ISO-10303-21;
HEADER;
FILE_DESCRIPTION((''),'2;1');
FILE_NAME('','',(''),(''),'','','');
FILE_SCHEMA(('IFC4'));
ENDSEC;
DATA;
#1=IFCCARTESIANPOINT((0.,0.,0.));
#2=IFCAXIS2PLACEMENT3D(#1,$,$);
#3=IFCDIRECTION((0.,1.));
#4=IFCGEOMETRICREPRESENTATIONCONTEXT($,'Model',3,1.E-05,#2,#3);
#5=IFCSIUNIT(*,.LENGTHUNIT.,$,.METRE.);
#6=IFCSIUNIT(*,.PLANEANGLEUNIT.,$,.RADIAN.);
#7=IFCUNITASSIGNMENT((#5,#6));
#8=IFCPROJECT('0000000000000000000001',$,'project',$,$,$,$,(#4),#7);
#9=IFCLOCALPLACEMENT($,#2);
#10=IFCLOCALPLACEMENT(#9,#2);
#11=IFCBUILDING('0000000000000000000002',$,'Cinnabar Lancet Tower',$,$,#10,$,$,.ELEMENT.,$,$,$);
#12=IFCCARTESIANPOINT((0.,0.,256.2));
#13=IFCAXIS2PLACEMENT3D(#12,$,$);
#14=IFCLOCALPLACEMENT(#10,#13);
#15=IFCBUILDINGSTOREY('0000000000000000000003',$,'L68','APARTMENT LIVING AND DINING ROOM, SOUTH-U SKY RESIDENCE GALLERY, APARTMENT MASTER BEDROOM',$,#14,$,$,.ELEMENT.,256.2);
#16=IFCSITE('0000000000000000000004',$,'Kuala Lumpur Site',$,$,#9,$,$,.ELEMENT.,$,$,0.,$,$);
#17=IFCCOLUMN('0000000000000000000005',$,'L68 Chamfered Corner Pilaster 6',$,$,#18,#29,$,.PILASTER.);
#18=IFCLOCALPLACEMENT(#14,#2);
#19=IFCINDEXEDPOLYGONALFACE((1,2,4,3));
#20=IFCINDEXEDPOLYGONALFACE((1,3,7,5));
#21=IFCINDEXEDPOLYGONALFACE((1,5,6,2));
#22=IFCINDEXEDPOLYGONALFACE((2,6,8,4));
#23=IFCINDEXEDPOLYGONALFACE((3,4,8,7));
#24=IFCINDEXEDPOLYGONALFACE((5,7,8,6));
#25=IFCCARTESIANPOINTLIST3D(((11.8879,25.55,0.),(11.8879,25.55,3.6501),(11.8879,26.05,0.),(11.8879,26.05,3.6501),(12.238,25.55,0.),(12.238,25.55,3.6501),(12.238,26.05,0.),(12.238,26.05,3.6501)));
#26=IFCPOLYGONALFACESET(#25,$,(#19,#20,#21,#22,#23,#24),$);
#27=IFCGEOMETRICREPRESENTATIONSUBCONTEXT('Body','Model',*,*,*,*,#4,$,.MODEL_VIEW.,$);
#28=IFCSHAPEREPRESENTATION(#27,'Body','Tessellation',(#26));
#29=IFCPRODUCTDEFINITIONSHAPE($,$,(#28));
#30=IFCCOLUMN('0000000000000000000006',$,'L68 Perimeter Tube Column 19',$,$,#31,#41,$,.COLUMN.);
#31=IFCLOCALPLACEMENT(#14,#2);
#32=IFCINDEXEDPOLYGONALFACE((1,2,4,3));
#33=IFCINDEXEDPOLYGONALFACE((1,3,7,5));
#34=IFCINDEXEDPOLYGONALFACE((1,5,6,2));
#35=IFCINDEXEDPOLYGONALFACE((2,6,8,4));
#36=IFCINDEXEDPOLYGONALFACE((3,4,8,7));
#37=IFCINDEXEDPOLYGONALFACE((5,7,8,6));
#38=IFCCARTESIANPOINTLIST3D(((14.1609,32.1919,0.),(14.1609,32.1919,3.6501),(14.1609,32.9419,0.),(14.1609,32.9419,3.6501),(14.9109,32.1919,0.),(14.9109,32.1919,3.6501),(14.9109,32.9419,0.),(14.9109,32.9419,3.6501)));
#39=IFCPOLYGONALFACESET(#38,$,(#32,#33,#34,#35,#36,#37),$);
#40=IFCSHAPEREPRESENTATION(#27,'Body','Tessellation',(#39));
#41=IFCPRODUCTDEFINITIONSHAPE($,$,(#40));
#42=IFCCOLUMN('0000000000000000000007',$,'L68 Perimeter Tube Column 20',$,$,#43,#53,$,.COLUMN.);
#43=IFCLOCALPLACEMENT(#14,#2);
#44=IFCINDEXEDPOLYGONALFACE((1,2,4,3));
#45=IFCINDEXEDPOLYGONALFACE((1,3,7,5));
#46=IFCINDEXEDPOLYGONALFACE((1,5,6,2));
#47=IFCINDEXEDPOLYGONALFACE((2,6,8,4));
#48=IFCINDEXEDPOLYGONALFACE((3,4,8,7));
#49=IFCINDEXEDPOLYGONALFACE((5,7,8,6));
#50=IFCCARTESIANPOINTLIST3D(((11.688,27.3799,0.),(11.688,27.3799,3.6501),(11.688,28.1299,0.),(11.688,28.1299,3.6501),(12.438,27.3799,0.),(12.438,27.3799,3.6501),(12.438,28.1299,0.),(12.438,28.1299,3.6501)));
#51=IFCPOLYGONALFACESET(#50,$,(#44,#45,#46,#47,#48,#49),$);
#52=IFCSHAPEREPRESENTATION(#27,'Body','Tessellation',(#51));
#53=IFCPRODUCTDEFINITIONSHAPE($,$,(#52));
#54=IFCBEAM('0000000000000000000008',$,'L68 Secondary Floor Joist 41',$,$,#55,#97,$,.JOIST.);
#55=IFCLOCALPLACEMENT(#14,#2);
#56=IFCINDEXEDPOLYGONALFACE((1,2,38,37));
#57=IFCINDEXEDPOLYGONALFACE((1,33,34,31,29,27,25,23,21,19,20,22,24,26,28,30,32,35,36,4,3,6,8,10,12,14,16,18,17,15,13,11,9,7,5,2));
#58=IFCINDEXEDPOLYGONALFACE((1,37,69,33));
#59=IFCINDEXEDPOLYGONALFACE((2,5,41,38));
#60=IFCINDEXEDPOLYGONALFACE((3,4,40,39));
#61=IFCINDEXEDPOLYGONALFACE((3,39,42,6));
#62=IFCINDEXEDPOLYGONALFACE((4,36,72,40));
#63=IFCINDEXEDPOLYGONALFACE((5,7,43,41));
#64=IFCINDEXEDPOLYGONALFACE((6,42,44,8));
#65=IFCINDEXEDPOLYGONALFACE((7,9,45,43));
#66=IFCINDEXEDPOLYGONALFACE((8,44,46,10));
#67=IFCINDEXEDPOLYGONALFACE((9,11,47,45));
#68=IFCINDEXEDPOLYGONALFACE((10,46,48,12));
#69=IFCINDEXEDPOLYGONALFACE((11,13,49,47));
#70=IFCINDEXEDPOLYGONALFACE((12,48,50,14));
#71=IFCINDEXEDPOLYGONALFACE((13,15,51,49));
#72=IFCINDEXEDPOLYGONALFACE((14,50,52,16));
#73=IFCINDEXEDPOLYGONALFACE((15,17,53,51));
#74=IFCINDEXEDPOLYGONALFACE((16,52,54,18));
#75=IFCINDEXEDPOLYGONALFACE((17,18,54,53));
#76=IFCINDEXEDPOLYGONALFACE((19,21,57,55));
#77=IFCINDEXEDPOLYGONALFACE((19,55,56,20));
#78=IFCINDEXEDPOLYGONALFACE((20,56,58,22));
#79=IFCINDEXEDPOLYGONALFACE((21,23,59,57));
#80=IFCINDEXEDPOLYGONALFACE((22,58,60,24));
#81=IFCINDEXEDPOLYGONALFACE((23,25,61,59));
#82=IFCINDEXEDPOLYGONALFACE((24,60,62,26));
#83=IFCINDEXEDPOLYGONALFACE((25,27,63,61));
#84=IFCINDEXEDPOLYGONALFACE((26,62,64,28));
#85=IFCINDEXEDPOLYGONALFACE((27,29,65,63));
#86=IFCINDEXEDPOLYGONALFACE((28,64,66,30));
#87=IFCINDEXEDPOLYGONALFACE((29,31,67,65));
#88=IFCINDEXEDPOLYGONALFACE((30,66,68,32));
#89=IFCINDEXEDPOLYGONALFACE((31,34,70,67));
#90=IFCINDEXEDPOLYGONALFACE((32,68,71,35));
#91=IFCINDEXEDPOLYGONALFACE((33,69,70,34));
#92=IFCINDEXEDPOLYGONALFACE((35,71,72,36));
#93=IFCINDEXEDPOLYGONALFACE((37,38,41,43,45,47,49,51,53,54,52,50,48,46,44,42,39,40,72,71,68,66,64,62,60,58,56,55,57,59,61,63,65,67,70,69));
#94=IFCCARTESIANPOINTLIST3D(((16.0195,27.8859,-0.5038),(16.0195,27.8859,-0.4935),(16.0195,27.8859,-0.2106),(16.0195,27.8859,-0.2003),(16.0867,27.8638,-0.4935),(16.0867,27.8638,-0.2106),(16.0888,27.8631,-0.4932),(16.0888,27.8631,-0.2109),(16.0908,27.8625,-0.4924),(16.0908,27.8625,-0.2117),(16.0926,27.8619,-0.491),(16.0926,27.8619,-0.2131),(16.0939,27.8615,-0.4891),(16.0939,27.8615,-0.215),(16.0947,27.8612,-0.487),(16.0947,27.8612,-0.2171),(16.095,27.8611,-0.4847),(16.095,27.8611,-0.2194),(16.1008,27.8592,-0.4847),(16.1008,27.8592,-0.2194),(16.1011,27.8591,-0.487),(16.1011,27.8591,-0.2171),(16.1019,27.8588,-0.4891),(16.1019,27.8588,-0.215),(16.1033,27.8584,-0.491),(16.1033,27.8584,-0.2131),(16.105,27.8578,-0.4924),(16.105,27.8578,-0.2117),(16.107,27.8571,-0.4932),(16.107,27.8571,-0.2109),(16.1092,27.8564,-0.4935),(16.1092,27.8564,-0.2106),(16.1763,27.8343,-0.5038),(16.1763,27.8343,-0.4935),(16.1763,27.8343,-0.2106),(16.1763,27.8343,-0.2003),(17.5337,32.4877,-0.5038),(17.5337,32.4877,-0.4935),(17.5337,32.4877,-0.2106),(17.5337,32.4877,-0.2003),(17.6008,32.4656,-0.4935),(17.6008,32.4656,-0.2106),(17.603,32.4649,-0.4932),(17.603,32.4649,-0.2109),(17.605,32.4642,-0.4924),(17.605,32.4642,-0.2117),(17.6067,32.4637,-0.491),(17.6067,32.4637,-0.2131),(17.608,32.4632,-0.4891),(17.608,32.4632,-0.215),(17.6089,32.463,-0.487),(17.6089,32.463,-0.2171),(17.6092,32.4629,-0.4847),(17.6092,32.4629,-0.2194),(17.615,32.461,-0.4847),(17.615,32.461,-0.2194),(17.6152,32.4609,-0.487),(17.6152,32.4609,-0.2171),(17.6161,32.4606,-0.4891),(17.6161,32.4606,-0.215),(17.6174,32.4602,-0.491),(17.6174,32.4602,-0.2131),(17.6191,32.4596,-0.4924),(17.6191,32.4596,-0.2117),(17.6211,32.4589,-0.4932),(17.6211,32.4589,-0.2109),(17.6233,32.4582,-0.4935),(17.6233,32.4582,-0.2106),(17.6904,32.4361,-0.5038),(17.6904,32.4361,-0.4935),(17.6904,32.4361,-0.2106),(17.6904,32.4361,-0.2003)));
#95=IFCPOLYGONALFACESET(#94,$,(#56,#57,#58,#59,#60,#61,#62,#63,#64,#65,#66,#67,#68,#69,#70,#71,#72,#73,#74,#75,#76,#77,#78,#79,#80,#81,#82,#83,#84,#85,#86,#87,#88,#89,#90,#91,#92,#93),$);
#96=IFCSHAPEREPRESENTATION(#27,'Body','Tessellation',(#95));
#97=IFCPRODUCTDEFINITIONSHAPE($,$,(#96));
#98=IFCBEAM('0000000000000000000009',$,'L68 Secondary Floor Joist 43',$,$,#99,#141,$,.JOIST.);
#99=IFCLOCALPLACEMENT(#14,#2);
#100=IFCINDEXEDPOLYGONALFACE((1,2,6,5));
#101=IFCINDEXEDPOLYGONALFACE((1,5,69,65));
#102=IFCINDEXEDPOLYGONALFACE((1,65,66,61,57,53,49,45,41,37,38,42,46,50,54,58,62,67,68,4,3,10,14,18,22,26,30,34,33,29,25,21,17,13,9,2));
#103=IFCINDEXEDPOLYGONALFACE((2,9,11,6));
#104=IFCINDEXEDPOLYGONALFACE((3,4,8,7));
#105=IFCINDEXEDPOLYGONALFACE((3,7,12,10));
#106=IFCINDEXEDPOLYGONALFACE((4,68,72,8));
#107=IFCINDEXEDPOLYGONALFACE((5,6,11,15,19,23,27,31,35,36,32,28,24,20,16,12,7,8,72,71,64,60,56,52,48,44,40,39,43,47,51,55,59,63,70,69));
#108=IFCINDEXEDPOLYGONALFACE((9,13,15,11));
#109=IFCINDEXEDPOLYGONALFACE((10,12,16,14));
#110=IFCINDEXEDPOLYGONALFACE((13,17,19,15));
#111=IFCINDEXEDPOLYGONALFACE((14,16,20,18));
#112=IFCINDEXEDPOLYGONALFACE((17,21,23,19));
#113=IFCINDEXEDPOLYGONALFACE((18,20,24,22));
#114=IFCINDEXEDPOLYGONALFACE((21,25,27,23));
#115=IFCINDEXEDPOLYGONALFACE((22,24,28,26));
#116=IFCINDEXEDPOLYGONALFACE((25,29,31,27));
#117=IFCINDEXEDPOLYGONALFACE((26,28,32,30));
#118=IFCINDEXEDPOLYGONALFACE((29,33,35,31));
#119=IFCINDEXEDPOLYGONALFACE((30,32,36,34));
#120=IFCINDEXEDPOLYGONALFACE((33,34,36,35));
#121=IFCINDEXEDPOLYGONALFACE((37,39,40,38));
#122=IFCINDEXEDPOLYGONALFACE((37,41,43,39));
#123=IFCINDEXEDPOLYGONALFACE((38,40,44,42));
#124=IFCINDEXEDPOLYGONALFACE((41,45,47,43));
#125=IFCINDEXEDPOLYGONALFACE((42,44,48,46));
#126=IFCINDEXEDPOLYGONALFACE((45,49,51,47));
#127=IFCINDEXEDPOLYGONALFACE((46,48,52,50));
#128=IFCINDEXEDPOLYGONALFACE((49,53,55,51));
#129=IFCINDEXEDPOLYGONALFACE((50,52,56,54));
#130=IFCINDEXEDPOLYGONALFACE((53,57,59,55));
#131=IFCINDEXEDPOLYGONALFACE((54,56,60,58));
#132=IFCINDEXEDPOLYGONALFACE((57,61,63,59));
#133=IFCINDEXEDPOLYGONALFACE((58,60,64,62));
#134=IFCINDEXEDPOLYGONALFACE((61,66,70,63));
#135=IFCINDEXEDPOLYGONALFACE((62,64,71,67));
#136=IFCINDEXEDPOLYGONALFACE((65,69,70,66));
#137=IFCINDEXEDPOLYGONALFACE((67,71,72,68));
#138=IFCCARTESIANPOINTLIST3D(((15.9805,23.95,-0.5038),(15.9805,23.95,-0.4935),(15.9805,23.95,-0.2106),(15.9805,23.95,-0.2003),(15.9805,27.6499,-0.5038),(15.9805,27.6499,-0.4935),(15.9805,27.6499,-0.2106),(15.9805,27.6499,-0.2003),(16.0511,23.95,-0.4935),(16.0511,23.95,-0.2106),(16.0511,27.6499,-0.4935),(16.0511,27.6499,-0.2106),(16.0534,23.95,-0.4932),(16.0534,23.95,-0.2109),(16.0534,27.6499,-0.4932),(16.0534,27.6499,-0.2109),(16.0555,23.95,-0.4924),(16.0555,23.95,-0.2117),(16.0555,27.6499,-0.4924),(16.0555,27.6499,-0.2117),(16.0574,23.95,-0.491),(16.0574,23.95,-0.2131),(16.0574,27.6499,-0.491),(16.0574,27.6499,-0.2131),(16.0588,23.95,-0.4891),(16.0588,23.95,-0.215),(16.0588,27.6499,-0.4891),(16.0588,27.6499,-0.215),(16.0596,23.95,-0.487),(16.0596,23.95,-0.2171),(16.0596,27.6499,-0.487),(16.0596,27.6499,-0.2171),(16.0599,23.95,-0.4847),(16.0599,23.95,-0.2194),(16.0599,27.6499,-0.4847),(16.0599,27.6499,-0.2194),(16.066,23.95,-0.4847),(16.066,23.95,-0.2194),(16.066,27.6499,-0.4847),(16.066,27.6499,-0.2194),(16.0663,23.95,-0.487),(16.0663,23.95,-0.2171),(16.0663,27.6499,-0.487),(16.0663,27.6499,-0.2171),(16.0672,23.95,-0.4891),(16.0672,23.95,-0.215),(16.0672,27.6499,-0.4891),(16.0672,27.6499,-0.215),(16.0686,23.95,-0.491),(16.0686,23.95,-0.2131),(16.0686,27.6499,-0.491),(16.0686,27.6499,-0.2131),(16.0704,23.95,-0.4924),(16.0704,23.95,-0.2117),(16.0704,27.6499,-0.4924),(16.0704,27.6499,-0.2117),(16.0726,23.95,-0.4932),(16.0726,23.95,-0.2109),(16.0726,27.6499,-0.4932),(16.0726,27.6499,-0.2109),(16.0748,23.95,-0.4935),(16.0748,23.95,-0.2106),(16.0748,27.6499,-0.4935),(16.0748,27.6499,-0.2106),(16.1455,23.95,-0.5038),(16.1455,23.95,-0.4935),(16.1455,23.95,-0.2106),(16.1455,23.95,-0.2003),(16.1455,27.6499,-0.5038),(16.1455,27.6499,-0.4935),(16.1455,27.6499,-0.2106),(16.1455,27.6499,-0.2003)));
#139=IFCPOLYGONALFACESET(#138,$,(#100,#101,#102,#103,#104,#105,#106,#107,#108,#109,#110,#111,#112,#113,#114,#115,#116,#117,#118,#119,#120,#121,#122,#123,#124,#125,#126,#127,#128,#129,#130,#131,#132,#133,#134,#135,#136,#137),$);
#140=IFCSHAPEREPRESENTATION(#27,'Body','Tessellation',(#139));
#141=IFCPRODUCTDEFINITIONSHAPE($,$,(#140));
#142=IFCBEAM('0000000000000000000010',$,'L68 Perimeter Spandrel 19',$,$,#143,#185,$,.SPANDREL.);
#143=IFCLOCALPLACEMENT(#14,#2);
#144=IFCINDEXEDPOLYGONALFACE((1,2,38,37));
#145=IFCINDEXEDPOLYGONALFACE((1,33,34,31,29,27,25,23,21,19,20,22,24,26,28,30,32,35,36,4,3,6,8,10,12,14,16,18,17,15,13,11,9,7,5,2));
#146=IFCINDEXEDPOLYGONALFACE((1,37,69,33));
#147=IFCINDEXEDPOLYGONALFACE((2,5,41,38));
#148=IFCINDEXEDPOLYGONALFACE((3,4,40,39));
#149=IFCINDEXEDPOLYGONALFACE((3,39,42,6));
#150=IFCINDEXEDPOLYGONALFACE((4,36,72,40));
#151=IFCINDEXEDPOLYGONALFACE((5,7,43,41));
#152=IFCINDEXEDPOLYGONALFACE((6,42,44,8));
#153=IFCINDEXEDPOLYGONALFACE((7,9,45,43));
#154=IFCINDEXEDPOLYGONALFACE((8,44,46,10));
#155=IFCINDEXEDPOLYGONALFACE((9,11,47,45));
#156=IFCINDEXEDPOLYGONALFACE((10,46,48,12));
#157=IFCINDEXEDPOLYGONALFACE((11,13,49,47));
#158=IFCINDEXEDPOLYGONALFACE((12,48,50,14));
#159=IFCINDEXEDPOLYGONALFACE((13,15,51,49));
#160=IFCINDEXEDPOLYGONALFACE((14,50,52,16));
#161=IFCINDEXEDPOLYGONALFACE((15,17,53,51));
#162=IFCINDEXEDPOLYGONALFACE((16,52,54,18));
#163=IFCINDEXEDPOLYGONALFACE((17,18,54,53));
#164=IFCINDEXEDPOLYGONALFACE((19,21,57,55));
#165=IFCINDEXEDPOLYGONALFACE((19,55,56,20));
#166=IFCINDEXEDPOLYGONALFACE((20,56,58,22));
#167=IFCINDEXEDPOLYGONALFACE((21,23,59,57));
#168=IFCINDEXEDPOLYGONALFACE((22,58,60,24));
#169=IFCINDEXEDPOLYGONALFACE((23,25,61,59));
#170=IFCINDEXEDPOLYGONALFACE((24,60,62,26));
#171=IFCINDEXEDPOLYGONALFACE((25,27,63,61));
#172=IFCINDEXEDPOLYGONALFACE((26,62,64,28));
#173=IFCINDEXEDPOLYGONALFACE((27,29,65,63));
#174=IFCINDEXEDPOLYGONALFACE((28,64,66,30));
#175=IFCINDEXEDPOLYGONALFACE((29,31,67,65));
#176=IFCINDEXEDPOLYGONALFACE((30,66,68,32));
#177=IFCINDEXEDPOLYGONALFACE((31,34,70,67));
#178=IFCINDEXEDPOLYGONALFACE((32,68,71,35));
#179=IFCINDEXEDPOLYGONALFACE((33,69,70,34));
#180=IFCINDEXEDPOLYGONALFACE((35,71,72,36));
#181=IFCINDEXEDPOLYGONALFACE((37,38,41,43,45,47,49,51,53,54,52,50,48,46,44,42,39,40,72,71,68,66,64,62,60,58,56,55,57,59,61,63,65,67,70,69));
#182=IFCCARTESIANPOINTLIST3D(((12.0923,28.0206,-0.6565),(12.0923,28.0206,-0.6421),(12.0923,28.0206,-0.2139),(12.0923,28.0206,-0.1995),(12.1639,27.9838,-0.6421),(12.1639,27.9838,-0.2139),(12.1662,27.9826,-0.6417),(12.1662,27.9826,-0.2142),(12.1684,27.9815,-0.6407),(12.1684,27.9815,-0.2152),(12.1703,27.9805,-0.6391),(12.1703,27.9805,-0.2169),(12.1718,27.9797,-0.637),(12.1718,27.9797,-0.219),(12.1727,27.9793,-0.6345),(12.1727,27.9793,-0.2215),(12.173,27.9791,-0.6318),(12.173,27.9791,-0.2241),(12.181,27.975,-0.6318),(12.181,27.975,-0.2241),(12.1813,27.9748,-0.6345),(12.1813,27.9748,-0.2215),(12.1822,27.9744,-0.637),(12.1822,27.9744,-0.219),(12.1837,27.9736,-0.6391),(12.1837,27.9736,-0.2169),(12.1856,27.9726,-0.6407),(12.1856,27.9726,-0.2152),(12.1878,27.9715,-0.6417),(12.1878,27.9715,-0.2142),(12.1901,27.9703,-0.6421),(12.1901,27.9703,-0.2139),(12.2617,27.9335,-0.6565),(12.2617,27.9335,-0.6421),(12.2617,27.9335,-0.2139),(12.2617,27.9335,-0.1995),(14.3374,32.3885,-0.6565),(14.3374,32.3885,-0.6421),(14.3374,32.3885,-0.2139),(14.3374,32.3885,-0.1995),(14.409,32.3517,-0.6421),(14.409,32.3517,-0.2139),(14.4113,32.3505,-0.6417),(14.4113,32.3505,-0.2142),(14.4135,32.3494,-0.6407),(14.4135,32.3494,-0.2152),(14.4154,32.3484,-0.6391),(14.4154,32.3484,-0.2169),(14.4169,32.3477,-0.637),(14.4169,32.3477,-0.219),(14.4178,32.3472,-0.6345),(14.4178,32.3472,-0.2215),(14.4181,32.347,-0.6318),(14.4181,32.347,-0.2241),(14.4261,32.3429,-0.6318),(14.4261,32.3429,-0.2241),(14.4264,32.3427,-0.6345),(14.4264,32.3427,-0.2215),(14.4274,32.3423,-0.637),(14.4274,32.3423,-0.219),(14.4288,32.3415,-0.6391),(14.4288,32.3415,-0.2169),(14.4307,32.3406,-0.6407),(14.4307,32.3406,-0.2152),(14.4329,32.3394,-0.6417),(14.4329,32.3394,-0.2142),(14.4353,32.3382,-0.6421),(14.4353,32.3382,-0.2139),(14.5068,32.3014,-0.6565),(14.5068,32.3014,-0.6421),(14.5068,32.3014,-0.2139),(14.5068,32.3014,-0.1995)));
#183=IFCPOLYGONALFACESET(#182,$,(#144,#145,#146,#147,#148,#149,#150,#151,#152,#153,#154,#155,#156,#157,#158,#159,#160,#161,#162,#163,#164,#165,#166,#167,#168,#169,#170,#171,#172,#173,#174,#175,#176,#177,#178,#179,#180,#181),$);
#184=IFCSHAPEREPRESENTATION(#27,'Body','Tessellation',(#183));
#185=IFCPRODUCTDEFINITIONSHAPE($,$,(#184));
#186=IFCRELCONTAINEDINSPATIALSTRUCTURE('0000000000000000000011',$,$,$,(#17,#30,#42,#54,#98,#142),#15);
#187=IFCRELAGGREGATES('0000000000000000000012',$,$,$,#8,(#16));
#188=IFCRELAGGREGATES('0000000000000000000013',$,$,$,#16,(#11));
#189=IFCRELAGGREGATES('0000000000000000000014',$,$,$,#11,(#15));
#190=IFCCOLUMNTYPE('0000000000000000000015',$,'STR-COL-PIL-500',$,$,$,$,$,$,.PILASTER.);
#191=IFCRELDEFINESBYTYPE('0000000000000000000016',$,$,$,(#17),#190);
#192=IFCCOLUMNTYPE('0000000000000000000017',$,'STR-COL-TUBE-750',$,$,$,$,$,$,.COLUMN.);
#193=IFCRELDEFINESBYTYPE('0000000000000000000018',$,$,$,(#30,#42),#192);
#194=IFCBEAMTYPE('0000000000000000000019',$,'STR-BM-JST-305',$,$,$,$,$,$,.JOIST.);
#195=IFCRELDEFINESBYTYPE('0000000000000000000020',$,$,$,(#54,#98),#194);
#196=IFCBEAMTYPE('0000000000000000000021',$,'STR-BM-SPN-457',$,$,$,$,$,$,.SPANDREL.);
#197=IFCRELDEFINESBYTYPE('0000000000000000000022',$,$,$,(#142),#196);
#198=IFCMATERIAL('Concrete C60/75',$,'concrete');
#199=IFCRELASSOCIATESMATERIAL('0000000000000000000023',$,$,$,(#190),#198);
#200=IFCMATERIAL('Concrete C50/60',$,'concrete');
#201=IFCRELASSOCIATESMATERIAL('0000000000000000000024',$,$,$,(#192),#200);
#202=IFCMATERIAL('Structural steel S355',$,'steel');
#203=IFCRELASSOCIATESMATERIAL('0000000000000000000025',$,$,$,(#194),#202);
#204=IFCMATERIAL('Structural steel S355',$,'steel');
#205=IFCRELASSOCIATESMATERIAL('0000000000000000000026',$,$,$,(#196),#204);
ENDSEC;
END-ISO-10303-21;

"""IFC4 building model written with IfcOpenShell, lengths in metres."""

from ifc_helpers import new_model, si_unit, direction, frame, origin, origin_2d, place, context, subcontext, project, spatial, rectangle, i_section, extrude, material, material_profile, profile_set, type_object, element, save


model = new_model("IFC4")

# Units and contexts
model_context = context("Model", 3, precision=1e-05, world=origin(), true_north=direction((0.0, 1.0)))
body_context = subcontext(model_context, "Body", "Model", "MODEL_VIEW")
ifc_project = project(units=[si_unit("LENGTHUNIT", "METRE"), si_unit("PLANEANGLEUNIT", "RADIAN")], contexts=[model_context])

# Site, building, storey
site_placement = place(None, origin())
site = spatial("IfcSite", under=ifc_project, at=site_placement, Name="Kuala Lumpur Site", CompositionType="ELEMENT", RefElevation=0.0)
building_placement = place(site_placement, origin())
building = spatial("IfcBuilding", under=site, at=building_placement, Name="Cinnabar Lancet Tower", CompositionType="ELEMENT")
storey_placement = place(building_placement, frame((0.0, 0.0, 256.2)))
storey = spatial("IfcBuildingStorey", under=building, at=storey_placement, Name="L68", Description="APARTMENT LIVING AND DINING ROOM, SOUTH-U SKY RESIDENCE GALLERY, APARTMENT MASTER BEDROOM", CompositionType="ELEMENT", Elevation=256.2)

# Columns
ifc_material_1 = material(Name="Concrete C60/75", Category="concrete")
ifc_material_profile_1 = material_profile(ifc_material_1, rectangle(XDim=0.5, YDim=0.3501, at=origin_2d()), Name="RC-PIL 500x350")
ifc_profile_set_1 = profile_set([ifc_material_profile_1], Name="Concrete C60/75")
column_type_1 = type_object("IfcColumnType", Name="STR-COL-PIL-500", PredefinedType="PILASTER", material=ifc_profile_set_1)
column_placement = place(storey_placement, frame((12.063, 25.8, 0.0), z_axis=(0.0, 0.0, 1.0), x_axis=(0.0, -1.0, 0.0)))
element("IfcColumn", 1, at=column_placement, inside=storey, type_object=column_type_1, Name="L68 Chamfered Corner Pilaster 6", PredefinedType="PILASTER", context=body_context, shape_type="SweptSolid", body=[
    extrude(rectangle(XDim=0.5, YDim=0.3501, at=origin_2d()), origin(), (0.0, 0.0, 1.0), 3.6501),
])
ifc_material_2 = material(Name="Concrete C50/60", Category="concrete")
ifc_material_profile_2 = material_profile(ifc_material_2, rectangle(XDim=0.75, YDim=0.75, at=origin_2d()), Name="RC-COL 750x750")
ifc_profile_set_2 = profile_set([ifc_material_profile_2], Name="Concrete C50/60")
column_type_2 = type_object("IfcColumnType", Name="STR-COL-TUBE-750", PredefinedType="COLUMN", material=ifc_profile_set_2)
for number, where, z_axis, x_axis, name in (
    (2, (14.5359, 32.5669, 0.0), (0.0, 0.0, 1.0), (1.0, 0.0, 0.0), "L68 Perimeter Tube Column 19"),
    (3, (12.063, 27.7549, 0.0), (0.0, 0.0, 1.0), (1.0, 0.0, 0.0), "L68 Perimeter Tube Column 20"),
):
    element("IfcColumn", number, at=place(storey_placement, frame(where, z_axis=z_axis, x_axis=x_axis)), inside=storey, type_object=column_type_2, Name=name, PredefinedType="COLUMN", context=body_context, shape_type="SweptSolid", body=[
        extrude(rectangle(XDim=0.75, YDim=0.75, at=origin_2d()), origin(), (0.0, 0.0, 1.0), 3.6501),
    ])

# Beams
ifc_material_3 = material(Name="Structural steel S355", Category="steel")
ifc_material_profile_3 = material_profile(ifc_material_3, i_section(OverallWidth=0.165, OverallDepth=0.3035, WebThickness=0.0061, FlangeThickness=0.0103, FilletRadius=0.0088, at=origin_2d()), Name="UKB 305x165x40")
ifc_profile_set_3 = profile_set([ifc_material_profile_3], Name="Structural steel S355")
beam_type_1 = type_object("IfcBeamType", Name="STR-BM-JST-305", PredefinedType="JOIST", material=ifc_profile_set_3)
beam_1_placement = place(storey_placement, frame((17.6121, 32.4619, -0.3521), z_axis=(-0.312552, -0.949901, 0.0), x_axis=(0.949901, -0.312552, 0.0)))
element("IfcBeam", 4, at=beam_1_placement, inside=storey, type_object=beam_type_1, Name="L68 Secondary Floor Joist 41", PredefinedType="JOIST", context=body_context, shape_type="SweptSolid", body=[
    extrude(i_section(OverallWidth=0.165, OverallDepth=0.3035, WebThickness=0.0061, FlangeThickness=0.0103, FilletRadius=0.0088, at=origin_2d()), origin(), (0.0, 0.0, 1.0), 4.8445),
])
beam_2_placement = place(storey_placement, frame((16.063, 27.6499, -0.3521), z_axis=(0.0, -1.0, 0.0), x_axis=(1.0, 0.0, 0.0)))
element("IfcBeam", 5, at=beam_2_placement, inside=storey, type_object=beam_type_1, Name="L68 Secondary Floor Joist 43", PredefinedType="JOIST", context=body_context, shape_type="SweptSolid", body=[
    extrude(i_section(OverallWidth=0.165, OverallDepth=0.3035, WebThickness=0.0061, FlangeThickness=0.0103, FilletRadius=0.0088, at=origin_2d()), origin(), (0.0, 0.0, 1.0), 3.7),
])
ifc_material_4 = material(Name="Structural steel S355", Category="steel")
ifc_material_profile_4 = material_profile(ifc_material_4, i_section(OverallWidth=0.1904, OverallDepth=0.457, WebThickness=0.009, FlangeThickness=0.0144, FilletRadius=0.0103, at=origin_2d()), Name="UKB 457x191x74")
ifc_profile_set_4 = profile_set([ifc_material_profile_4], Name="Structural steel S355")
beam_type_2 = type_object("IfcBeamType", Name="STR-BM-SPN-457", PredefinedType="SPANDREL", material=ifc_profile_set_4)
beam_3_placement = place(storey_placement, frame((14.4221, 32.345, -0.428), z_axis=(-0.457148, -0.889391, 0.0), x_axis=(0.889391, -0.457148, 0.0)))
element("IfcBeam", 6, at=beam_3_placement, inside=storey, type_object=beam_type_2, Name="L68 Perimeter Spandrel 19", PredefinedType="SPANDREL", context=body_context, shape_type="SweptSolid", body=[
    extrude(i_section(OverallWidth=0.1904, OverallDepth=0.457, WebThickness=0.009, FlangeThickness=0.0144, FilletRadius=0.0103, at=origin_2d()), origin(), (0.0, 0.0, 1.0), 4.9111),
])

save(model, "model.ifc")
